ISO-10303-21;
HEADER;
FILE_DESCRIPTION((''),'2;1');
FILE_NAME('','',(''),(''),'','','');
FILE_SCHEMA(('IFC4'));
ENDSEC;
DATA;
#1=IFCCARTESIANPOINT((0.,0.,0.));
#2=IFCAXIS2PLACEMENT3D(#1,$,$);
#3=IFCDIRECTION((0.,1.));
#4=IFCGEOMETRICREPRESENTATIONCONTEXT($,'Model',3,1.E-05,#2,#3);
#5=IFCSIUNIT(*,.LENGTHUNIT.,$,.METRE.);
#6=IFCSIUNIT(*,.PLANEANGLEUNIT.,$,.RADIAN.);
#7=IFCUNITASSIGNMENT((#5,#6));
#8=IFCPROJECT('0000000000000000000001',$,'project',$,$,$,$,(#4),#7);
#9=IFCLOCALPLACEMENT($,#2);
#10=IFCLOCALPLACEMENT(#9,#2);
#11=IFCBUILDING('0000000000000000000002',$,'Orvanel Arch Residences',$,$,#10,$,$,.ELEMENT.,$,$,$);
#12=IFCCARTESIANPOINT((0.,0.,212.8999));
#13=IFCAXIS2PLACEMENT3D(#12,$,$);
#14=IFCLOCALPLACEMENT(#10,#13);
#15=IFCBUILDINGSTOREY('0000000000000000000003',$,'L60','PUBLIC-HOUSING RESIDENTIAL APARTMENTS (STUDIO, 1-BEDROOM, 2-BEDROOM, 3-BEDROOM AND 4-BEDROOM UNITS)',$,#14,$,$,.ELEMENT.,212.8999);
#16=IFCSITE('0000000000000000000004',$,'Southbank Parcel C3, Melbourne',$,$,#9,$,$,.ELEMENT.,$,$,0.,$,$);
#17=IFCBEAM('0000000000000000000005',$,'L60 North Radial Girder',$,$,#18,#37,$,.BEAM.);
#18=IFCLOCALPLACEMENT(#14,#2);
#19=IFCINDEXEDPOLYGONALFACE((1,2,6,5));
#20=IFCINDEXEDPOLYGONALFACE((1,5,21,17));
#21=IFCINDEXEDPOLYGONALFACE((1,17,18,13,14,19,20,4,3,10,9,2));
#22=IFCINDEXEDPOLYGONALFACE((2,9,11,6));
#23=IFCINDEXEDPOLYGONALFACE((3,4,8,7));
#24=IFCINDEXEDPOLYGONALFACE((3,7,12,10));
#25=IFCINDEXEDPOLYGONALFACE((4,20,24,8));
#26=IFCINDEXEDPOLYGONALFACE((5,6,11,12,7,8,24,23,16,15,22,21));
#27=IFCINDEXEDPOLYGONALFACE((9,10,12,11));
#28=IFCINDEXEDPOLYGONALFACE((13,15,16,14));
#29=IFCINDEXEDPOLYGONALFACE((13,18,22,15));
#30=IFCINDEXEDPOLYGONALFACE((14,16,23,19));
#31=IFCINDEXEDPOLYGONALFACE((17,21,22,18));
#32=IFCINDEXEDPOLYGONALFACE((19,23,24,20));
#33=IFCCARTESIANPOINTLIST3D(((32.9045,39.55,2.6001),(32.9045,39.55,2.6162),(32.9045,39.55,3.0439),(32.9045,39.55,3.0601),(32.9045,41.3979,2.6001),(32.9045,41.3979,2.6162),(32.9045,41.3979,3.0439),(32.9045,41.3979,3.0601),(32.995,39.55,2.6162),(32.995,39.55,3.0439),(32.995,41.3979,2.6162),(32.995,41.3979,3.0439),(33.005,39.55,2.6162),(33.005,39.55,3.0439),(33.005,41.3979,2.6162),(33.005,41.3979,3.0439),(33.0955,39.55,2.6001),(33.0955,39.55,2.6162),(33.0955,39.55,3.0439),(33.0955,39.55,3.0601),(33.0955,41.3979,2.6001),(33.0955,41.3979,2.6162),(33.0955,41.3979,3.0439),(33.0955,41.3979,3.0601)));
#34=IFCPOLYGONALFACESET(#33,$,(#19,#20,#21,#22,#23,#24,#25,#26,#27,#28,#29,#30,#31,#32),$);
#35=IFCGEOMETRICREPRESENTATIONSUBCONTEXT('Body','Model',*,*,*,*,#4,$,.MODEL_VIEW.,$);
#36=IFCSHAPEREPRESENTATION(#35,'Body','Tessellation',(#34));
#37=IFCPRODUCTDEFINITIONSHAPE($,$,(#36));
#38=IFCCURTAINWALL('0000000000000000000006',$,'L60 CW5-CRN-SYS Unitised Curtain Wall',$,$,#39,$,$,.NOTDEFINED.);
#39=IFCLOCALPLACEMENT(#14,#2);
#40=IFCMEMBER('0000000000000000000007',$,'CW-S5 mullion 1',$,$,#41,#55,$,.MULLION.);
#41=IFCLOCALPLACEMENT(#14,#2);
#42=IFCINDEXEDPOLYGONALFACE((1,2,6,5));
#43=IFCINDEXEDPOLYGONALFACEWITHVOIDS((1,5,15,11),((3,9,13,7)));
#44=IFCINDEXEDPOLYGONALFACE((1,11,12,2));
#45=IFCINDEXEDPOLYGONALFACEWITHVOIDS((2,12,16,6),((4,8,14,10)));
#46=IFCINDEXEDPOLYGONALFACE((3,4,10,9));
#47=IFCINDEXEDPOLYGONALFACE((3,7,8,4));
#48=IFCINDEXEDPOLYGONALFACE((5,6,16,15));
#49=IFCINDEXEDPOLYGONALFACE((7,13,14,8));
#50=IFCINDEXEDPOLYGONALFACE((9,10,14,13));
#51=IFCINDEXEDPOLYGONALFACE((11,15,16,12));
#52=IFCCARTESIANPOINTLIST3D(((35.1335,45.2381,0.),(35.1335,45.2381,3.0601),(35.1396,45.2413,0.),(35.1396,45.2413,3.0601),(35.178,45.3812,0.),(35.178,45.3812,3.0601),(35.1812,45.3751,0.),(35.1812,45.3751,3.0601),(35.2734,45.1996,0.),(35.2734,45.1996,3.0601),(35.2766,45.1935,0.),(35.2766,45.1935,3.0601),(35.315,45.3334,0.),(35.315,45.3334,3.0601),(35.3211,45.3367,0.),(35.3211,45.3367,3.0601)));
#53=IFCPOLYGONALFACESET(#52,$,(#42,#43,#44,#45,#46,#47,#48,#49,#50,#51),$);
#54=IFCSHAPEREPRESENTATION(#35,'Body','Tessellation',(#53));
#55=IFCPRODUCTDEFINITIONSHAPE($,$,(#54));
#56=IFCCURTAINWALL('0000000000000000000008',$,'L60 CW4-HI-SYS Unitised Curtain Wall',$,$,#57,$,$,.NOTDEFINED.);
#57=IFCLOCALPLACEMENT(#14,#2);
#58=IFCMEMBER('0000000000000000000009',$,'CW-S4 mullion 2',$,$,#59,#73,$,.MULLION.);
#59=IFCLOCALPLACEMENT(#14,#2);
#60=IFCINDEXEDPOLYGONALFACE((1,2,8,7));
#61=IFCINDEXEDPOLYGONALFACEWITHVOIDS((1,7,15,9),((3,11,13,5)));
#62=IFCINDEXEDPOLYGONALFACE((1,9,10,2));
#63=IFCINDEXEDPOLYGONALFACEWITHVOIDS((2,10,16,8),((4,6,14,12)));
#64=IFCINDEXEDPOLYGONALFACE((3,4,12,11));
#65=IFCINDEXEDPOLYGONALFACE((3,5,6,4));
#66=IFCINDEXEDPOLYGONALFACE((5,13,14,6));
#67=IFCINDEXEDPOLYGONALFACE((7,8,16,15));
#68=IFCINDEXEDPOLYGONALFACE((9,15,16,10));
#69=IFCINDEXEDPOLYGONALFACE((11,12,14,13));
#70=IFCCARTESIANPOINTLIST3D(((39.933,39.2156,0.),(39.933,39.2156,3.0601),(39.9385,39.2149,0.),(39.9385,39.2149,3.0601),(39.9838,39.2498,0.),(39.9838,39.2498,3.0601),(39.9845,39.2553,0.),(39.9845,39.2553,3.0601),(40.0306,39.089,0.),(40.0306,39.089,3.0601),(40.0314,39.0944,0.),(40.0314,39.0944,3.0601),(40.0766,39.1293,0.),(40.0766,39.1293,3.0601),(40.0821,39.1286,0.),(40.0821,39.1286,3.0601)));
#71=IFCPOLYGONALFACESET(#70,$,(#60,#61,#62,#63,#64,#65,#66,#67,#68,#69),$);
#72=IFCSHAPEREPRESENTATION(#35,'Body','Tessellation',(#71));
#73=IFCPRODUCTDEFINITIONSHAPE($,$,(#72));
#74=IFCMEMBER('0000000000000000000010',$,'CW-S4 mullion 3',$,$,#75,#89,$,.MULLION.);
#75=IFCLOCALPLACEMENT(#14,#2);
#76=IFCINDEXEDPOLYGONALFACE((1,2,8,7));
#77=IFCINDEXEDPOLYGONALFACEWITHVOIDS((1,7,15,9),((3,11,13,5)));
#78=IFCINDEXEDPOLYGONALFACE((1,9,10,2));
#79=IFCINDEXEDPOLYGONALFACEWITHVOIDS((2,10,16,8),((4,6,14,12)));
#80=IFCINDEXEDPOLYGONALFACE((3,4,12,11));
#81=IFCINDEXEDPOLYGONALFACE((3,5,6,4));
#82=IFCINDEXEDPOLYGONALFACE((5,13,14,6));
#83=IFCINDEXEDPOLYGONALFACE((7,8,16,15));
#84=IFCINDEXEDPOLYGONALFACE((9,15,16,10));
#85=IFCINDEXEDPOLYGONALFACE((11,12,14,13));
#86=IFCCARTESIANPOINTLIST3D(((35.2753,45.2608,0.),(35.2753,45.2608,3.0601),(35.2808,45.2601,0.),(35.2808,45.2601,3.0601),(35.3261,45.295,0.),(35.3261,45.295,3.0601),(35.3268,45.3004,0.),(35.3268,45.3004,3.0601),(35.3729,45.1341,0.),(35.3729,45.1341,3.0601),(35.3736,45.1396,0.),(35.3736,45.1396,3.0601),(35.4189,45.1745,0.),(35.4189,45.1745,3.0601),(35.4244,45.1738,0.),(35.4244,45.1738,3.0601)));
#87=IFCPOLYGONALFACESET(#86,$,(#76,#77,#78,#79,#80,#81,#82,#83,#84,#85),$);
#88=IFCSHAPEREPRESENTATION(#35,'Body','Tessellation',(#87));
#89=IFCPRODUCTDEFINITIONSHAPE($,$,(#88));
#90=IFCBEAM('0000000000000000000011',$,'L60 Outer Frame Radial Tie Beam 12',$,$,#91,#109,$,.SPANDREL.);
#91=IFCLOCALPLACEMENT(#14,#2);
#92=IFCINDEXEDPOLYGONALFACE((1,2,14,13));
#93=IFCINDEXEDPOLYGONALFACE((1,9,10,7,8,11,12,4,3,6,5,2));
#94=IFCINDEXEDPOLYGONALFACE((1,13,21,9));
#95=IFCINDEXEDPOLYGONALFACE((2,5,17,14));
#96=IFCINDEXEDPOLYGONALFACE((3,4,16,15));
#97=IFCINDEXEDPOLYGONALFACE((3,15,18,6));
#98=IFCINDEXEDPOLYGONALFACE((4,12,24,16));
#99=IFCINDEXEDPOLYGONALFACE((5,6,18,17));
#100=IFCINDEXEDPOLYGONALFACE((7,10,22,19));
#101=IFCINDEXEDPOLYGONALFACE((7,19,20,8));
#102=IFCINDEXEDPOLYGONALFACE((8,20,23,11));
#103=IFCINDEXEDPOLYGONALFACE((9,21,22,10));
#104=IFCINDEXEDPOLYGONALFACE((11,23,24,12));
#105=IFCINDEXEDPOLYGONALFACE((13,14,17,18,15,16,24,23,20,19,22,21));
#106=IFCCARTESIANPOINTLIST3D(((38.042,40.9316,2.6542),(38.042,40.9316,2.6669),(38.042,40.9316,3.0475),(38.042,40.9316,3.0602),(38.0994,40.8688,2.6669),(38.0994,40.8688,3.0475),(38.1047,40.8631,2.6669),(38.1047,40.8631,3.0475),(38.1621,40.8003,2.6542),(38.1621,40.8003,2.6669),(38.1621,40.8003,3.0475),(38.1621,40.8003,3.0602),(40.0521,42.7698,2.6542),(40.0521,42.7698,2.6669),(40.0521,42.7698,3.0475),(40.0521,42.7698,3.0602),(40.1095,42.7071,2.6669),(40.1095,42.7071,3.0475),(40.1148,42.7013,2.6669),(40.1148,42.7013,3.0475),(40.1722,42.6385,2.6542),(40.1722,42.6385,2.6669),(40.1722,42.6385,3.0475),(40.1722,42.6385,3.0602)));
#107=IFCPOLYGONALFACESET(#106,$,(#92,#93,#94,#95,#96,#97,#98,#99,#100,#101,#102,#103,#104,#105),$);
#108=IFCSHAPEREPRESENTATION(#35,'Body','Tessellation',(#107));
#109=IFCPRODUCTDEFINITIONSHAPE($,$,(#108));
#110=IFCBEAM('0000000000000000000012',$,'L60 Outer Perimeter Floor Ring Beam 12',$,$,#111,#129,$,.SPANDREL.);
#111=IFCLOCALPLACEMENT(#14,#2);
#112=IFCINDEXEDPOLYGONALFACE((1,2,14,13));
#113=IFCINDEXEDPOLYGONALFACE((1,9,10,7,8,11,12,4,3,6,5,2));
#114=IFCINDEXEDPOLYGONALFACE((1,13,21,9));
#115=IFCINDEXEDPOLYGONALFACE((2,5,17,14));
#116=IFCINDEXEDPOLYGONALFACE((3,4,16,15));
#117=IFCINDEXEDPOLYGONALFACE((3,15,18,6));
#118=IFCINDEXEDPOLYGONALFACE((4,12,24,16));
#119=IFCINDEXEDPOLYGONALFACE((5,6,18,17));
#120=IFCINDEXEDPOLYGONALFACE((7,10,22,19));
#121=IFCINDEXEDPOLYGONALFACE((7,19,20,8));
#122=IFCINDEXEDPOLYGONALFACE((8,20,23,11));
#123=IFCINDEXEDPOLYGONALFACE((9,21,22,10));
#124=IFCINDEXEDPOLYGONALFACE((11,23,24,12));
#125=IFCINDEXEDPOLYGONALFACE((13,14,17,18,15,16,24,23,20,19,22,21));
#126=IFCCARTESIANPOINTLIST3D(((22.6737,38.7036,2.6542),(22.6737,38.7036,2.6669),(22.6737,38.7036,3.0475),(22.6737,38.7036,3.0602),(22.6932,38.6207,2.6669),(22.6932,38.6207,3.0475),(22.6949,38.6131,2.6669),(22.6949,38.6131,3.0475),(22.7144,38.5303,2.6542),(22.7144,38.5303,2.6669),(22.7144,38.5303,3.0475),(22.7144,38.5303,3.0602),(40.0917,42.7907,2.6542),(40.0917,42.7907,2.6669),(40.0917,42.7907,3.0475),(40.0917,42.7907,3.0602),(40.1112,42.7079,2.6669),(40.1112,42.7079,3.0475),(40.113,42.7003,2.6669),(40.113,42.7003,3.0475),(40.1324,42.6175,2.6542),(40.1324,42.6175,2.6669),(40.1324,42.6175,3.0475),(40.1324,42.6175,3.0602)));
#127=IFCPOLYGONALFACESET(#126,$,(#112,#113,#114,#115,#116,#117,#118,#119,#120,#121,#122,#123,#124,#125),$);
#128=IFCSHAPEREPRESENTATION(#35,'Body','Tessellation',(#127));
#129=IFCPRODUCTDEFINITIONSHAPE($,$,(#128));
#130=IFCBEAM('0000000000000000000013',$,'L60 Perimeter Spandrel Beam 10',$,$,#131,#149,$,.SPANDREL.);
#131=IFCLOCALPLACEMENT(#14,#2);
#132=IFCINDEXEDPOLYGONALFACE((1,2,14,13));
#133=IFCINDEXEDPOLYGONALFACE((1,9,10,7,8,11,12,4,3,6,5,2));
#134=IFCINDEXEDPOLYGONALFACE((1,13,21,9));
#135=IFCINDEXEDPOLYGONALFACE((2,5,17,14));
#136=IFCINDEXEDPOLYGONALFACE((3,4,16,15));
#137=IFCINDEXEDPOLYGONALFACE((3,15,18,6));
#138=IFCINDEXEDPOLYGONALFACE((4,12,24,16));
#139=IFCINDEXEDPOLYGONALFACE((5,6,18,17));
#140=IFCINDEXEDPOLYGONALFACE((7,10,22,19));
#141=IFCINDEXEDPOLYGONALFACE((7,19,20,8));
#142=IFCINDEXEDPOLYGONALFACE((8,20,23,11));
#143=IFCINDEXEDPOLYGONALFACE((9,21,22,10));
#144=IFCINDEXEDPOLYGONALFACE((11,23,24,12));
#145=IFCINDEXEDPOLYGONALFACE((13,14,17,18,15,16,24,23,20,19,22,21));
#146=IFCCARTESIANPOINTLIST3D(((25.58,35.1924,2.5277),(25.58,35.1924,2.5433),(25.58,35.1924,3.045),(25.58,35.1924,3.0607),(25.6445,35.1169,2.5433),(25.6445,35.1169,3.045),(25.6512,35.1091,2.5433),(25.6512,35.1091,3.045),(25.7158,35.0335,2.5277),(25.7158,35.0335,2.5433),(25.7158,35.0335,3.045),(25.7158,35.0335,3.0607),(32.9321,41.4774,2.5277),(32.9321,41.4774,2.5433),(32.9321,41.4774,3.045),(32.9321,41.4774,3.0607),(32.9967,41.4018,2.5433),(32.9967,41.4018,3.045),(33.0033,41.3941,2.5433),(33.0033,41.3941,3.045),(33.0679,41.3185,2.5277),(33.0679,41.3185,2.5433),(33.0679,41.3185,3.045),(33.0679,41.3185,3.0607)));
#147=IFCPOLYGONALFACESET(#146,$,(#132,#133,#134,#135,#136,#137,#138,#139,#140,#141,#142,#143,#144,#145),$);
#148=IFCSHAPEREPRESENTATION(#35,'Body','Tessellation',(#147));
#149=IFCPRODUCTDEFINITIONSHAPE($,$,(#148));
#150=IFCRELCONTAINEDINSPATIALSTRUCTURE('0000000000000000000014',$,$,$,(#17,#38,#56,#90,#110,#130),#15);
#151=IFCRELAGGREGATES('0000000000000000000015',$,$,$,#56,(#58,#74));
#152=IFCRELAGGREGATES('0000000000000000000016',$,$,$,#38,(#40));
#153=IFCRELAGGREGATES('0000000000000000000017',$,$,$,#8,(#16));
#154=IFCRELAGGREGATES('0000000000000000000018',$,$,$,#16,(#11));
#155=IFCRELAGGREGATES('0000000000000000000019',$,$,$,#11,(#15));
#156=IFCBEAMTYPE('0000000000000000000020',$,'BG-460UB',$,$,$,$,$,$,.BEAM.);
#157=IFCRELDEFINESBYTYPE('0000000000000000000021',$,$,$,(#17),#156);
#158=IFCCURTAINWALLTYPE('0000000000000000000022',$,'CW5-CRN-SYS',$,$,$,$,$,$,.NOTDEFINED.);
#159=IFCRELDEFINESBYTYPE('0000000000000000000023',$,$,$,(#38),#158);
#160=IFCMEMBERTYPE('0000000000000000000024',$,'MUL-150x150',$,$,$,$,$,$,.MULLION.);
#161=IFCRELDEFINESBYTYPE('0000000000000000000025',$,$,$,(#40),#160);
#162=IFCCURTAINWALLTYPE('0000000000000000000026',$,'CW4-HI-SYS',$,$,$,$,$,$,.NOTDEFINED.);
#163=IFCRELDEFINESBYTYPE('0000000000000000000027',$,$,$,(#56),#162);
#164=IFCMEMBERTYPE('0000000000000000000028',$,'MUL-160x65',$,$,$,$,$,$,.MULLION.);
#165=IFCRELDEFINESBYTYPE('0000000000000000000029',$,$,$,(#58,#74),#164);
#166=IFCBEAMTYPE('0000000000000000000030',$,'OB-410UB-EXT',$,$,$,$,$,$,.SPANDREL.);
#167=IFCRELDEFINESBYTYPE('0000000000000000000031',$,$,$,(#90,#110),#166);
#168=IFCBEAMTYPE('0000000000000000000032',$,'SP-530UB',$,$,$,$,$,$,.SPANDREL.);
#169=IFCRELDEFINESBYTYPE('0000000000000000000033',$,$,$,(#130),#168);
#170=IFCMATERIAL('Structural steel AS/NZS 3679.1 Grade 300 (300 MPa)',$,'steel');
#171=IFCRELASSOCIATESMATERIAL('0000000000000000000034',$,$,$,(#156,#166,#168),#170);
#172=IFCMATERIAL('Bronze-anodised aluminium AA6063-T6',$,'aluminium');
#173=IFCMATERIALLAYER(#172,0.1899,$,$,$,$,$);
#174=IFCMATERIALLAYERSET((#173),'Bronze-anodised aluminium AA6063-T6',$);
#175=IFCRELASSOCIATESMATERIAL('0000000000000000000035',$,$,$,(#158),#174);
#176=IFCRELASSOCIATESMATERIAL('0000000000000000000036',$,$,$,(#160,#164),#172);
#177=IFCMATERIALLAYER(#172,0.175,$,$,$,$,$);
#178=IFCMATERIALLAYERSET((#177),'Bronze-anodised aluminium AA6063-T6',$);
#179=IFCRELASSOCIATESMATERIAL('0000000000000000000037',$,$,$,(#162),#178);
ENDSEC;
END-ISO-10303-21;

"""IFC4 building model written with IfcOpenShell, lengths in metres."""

from ifc_helpers import new_model, si_unit, direction, frame, origin, origin_2d, place, context, subcontext, project, spatial, hollow_rectangle, i_section, extrude, material, layer, layer_set, material_profile, profile_set, type_object, element, aggregate, save


model = new_model("IFC4")

# Units and contexts
model_context = context("Model", 3, precision=1e-05, world=origin(), true_north=direction((0.0, 1.0)))
body_context = subcontext(model_context, "Body", "Model", "MODEL_VIEW")
ifc_project = project(units=[si_unit("LENGTHUNIT", "METRE"), si_unit("PLANEANGLEUNIT", "RADIAN")], contexts=[model_context])

# Site, building, storey
site_placement = place(None, origin())
site = spatial("IfcSite", under=ifc_project, at=site_placement, Name="Southbank Parcel C3, Melbourne", CompositionType="ELEMENT", RefElevation=0.0)
building_placement = place(site_placement, origin())
building = spatial("IfcBuilding", under=site, at=building_placement, Name="Orvanel Arch Residences", CompositionType="ELEMENT")
storey_placement = place(building_placement, frame((0.0, 0.0, 212.8999)))
storey = spatial("IfcBuildingStorey", under=building, at=storey_placement, Name="L60", Description="PUBLIC-HOUSING RESIDENTIAL APARTMENTS (STUDIO, 1-BEDROOM, 2-BEDROOM, 3-BEDROOM AND 4-BEDROOM UNITS)", CompositionType="ELEMENT", Elevation=212.8999)

# Beam
ifc_material_1 = material(Name="Structural steel AS/NZS 3679.1 Grade 300 (300 MPa)", Category="steel")
ifc_material_profile_1 = material_profile(ifc_material_1, i_section(OverallWidth=0.1909, OverallDepth=0.46, WebThickness=0.01, FlangeThickness=0.0161, at=origin_2d()), Name="460UB82.1")
ifc_profile_set_1 = profile_set([ifc_material_profile_1], Name="Structural steel AS/NZS 3679.1 Grade 300 (300 MPa)")
beam_type_1 = type_object("IfcBeamType", Name="BG-460UB", PredefinedType="BEAM", material=ifc_profile_set_1)
beam_1_placement = place(storey_placement, frame((33.0, 39.55, 2.8301), z_axis=(0.0, 1.0, 0.0), x_axis=(-1.0, 0.0, 0.0)))
element("IfcBeam", 1, at=beam_1_placement, inside=storey, type_object=beam_type_1, Name="L60 North Radial Girder", PredefinedType="BEAM", context=body_context, shape_type="SweptSolid", body=[
    extrude(i_section(OverallWidth=0.1909, OverallDepth=0.46, WebThickness=0.01, FlangeThickness=0.0161, at=origin_2d()), origin(), (0.0, 0.0, 1.0), 1.8479),
])

# Curtain wall, member
ifc_material_2 = material(Name="Bronze-anodised aluminium AA6063-T6", Category="aluminium")
ifc_layer_1 = layer(ifc_material_2, 0.1899)
ifc_layer_set_1 = layer_set([ifc_layer_1], Name="Bronze-anodised aluminium AA6063-T6")
curtain_wall_type_1 = type_object("IfcCurtainWallType", Name="CW5-CRN-SYS", PredefinedType="NOTDEFINED", material=ifc_layer_set_1)
curtain_wall_1_placement = place(storey_placement, origin())
curtain_wall_1 = element("IfcCurtainWall", 2, at=curtain_wall_1_placement, inside=storey, type_object=curtain_wall_type_1, Name="L60 CW5-CRN-SYS Unitised Curtain Wall", PredefinedType="NOTDEFINED")
ifc_material_profile_2 = material_profile(ifc_material_2, hollow_rectangle(XDim=0.1499, YDim=0.1499, WallThickness=0.0049, at=origin_2d()), Name="ALU150x150x5")
ifc_profile_set_2 = profile_set([ifc_material_profile_2], Name="Bronze-anodised aluminium AA6063-T6")
member_type_1 = type_object("IfcMemberType", Name="MUL-150x150", PredefinedType="MULLION", material=ifc_profile_set_2)
member_1_placement = place(storey_placement, frame((35.2273, 45.2874, 0.0), z_axis=(0.0, 0.0, 1.0), x_axis=(-0.297117, -0.954841, 0.0)))
member_1 = element("IfcMember", 3, at=member_1_placement, type_object=member_type_1, Name="CW-S5 mullion 1", PredefinedType="MULLION", context=body_context, shape_type="SweptSolid", body=[
    extrude(hollow_rectangle(XDim=0.1499, YDim=0.1499, WallThickness=0.0049, at=origin_2d()), origin(), (0.0, 0.0, 1.0), 3.0601),
])

# Curtain wall, members
ifc_layer_2 = layer(ifc_material_2, 0.175)
ifc_layer_set_2 = layer_set([ifc_layer_2], Name="Bronze-anodised aluminium AA6063-T6")
curtain_wall_type_2 = type_object("IfcCurtainWallType", Name="CW4-HI-SYS", PredefinedType="NOTDEFINED", material=ifc_layer_set_2)
curtain_wall_2_placement = place(storey_placement, origin())
curtain_wall_2 = element("IfcCurtainWall", 4, at=curtain_wall_2_placement, inside=storey, type_object=curtain_wall_type_2, Name="L60 CW4-HI-SYS Unitised Curtain Wall", PredefinedType="NOTDEFINED")
ifc_material_profile_3 = material_profile(ifc_material_2, hollow_rectangle(XDim=0.0649, YDim=0.1599, WallThickness=0.0039, at=origin_2d()), Name="ALU160x65x4")
ifc_profile_set_3 = profile_set([ifc_material_profile_3], Name="Bronze-anodised aluminium AA6063-T6")
member_type_2 = type_object("IfcMemberType", Name="MUL-160x65", PredefinedType="MULLION", material=ifc_profile_set_3)
member_2_placement = place(storey_placement, frame((40.0076, 39.1721, 0.0), z_axis=(0.0, 0.0, 1.0), x_axis=(-0.792151, -0.610325, 0.0)))
member_2 = element("IfcMember", 5, at=member_2_placement, type_object=member_type_2, Name="CW-S4 mullion 2", PredefinedType="MULLION", context=body_context, shape_type="SweptSolid", body=[
    extrude(hollow_rectangle(XDim=0.0649, YDim=0.1599, WallThickness=0.0039, at=origin_2d()), origin(), (0.0, 0.0, 1.0), 3.0601),
])
member_3_placement = place(storey_placement, frame((35.3499, 45.2173, 0.0), z_axis=(0.0, 0.0, 1.0), x_axis=(-0.792151, -0.610325, 0.0)))
member_3 = element("IfcMember", 6, at=member_3_placement, type_object=member_type_2, Name="CW-S4 mullion 3", PredefinedType="MULLION", context=body_context, shape_type="SweptSolid", body=[
    extrude(hollow_rectangle(XDim=0.0649, YDim=0.1599, WallThickness=0.0039, at=origin_2d()), origin(), (0.0, 0.0, 1.0), 3.0601),
])

# Beams
ifc_material_profile_4 = material_profile(ifc_material_1, i_section(OverallWidth=0.178, OverallDepth=0.406, WebThickness=0.0078, FlangeThickness=0.0127, at=origin_2d()), Name="410UB59.7")
ifc_profile_set_4 = profile_set([ifc_material_profile_4], Name="Structural steel AS/NZS 3679.1 Grade 300 (300 MPa)")
beam_type_2 = type_object("IfcBeamType", Name="OB-410UB-EXT", PredefinedType="SPANDREL", material=ifc_profile_set_4)
beam_2_placement = place(storey_placement, frame((38.1021, 40.866, 2.8572), z_axis=(0.737954, 0.674851, 0.0), x_axis=(-0.674851, 0.737954, 0.0)))
element("IfcBeam", 7, at=beam_2_placement, inside=storey, type_object=beam_type_2, Name="L60 Outer Frame Radial Tie Beam 12", PredefinedType="SPANDREL", context=body_context, shape_type="SweptSolid", body=[
    extrude(i_section(OverallWidth=0.178, OverallDepth=0.406, WebThickness=0.0078, FlangeThickness=0.0127, at=origin_2d()), origin(), (0.0, 0.0, 1.0), 2.7239),
])
beam_3_placement = place(storey_placement, frame((40.1121, 42.7041, 2.8572), z_axis=(-0.973556, -0.228447, 0.0), x_axis=(0.228447, -0.973556, 0.0)))
element("IfcBeam", 8, at=beam_3_placement, inside=storey, type_object=beam_type_2, Name="L60 Outer Perimeter Floor Ring Beam 12", PredefinedType="SPANDREL", context=body_context, shape_type="SweptSolid", body=[
    extrude(i_section(OverallWidth=0.178, OverallDepth=0.406, WebThickness=0.0078, FlangeThickness=0.0127, at=origin_2d()), origin(), (0.0, 0.0, 1.0), 17.8911),
])
ifc_material_profile_5 = material_profile(ifc_material_1, i_section(OverallWidth=0.209, OverallDepth=0.533, WebThickness=0.0103, FlangeThickness=0.0156, at=origin_2d()), Name="530UB92.4")
ifc_profile_set_5 = profile_set([ifc_material_profile_5], Name="Structural steel AS/NZS 3679.1 Grade 300 (300 MPa)")
beam_type_3 = type_object("IfcBeamType", Name="SP-530UB", PredefinedType="SPANDREL", material=ifc_profile_set_5)
beam_4_placement = place(storey_placement, frame((33.0, 41.3979, 2.7942), z_axis=(-0.760117, -0.649787, 0.0), x_axis=(0.649787, -0.760117, 0.0)))
element("IfcBeam", 9, at=beam_4_placement, inside=storey, type_object=beam_type_3, Name="L60 Perimeter Spandrel Beam 10", PredefinedType="SPANDREL", context=body_context, shape_type="SweptSolid", body=[
    extrude(i_section(OverallWidth=0.209, OverallDepth=0.533, WebThickness=0.0103, FlangeThickness=0.0156, at=origin_2d()), origin(), (0.0, 0.0, 1.0), 9.6724),
])

aggregate(curtain_wall_2, [member_2, member_3])
aggregate(curtain_wall_1, [member_1])

save(model, "model.ifc")
